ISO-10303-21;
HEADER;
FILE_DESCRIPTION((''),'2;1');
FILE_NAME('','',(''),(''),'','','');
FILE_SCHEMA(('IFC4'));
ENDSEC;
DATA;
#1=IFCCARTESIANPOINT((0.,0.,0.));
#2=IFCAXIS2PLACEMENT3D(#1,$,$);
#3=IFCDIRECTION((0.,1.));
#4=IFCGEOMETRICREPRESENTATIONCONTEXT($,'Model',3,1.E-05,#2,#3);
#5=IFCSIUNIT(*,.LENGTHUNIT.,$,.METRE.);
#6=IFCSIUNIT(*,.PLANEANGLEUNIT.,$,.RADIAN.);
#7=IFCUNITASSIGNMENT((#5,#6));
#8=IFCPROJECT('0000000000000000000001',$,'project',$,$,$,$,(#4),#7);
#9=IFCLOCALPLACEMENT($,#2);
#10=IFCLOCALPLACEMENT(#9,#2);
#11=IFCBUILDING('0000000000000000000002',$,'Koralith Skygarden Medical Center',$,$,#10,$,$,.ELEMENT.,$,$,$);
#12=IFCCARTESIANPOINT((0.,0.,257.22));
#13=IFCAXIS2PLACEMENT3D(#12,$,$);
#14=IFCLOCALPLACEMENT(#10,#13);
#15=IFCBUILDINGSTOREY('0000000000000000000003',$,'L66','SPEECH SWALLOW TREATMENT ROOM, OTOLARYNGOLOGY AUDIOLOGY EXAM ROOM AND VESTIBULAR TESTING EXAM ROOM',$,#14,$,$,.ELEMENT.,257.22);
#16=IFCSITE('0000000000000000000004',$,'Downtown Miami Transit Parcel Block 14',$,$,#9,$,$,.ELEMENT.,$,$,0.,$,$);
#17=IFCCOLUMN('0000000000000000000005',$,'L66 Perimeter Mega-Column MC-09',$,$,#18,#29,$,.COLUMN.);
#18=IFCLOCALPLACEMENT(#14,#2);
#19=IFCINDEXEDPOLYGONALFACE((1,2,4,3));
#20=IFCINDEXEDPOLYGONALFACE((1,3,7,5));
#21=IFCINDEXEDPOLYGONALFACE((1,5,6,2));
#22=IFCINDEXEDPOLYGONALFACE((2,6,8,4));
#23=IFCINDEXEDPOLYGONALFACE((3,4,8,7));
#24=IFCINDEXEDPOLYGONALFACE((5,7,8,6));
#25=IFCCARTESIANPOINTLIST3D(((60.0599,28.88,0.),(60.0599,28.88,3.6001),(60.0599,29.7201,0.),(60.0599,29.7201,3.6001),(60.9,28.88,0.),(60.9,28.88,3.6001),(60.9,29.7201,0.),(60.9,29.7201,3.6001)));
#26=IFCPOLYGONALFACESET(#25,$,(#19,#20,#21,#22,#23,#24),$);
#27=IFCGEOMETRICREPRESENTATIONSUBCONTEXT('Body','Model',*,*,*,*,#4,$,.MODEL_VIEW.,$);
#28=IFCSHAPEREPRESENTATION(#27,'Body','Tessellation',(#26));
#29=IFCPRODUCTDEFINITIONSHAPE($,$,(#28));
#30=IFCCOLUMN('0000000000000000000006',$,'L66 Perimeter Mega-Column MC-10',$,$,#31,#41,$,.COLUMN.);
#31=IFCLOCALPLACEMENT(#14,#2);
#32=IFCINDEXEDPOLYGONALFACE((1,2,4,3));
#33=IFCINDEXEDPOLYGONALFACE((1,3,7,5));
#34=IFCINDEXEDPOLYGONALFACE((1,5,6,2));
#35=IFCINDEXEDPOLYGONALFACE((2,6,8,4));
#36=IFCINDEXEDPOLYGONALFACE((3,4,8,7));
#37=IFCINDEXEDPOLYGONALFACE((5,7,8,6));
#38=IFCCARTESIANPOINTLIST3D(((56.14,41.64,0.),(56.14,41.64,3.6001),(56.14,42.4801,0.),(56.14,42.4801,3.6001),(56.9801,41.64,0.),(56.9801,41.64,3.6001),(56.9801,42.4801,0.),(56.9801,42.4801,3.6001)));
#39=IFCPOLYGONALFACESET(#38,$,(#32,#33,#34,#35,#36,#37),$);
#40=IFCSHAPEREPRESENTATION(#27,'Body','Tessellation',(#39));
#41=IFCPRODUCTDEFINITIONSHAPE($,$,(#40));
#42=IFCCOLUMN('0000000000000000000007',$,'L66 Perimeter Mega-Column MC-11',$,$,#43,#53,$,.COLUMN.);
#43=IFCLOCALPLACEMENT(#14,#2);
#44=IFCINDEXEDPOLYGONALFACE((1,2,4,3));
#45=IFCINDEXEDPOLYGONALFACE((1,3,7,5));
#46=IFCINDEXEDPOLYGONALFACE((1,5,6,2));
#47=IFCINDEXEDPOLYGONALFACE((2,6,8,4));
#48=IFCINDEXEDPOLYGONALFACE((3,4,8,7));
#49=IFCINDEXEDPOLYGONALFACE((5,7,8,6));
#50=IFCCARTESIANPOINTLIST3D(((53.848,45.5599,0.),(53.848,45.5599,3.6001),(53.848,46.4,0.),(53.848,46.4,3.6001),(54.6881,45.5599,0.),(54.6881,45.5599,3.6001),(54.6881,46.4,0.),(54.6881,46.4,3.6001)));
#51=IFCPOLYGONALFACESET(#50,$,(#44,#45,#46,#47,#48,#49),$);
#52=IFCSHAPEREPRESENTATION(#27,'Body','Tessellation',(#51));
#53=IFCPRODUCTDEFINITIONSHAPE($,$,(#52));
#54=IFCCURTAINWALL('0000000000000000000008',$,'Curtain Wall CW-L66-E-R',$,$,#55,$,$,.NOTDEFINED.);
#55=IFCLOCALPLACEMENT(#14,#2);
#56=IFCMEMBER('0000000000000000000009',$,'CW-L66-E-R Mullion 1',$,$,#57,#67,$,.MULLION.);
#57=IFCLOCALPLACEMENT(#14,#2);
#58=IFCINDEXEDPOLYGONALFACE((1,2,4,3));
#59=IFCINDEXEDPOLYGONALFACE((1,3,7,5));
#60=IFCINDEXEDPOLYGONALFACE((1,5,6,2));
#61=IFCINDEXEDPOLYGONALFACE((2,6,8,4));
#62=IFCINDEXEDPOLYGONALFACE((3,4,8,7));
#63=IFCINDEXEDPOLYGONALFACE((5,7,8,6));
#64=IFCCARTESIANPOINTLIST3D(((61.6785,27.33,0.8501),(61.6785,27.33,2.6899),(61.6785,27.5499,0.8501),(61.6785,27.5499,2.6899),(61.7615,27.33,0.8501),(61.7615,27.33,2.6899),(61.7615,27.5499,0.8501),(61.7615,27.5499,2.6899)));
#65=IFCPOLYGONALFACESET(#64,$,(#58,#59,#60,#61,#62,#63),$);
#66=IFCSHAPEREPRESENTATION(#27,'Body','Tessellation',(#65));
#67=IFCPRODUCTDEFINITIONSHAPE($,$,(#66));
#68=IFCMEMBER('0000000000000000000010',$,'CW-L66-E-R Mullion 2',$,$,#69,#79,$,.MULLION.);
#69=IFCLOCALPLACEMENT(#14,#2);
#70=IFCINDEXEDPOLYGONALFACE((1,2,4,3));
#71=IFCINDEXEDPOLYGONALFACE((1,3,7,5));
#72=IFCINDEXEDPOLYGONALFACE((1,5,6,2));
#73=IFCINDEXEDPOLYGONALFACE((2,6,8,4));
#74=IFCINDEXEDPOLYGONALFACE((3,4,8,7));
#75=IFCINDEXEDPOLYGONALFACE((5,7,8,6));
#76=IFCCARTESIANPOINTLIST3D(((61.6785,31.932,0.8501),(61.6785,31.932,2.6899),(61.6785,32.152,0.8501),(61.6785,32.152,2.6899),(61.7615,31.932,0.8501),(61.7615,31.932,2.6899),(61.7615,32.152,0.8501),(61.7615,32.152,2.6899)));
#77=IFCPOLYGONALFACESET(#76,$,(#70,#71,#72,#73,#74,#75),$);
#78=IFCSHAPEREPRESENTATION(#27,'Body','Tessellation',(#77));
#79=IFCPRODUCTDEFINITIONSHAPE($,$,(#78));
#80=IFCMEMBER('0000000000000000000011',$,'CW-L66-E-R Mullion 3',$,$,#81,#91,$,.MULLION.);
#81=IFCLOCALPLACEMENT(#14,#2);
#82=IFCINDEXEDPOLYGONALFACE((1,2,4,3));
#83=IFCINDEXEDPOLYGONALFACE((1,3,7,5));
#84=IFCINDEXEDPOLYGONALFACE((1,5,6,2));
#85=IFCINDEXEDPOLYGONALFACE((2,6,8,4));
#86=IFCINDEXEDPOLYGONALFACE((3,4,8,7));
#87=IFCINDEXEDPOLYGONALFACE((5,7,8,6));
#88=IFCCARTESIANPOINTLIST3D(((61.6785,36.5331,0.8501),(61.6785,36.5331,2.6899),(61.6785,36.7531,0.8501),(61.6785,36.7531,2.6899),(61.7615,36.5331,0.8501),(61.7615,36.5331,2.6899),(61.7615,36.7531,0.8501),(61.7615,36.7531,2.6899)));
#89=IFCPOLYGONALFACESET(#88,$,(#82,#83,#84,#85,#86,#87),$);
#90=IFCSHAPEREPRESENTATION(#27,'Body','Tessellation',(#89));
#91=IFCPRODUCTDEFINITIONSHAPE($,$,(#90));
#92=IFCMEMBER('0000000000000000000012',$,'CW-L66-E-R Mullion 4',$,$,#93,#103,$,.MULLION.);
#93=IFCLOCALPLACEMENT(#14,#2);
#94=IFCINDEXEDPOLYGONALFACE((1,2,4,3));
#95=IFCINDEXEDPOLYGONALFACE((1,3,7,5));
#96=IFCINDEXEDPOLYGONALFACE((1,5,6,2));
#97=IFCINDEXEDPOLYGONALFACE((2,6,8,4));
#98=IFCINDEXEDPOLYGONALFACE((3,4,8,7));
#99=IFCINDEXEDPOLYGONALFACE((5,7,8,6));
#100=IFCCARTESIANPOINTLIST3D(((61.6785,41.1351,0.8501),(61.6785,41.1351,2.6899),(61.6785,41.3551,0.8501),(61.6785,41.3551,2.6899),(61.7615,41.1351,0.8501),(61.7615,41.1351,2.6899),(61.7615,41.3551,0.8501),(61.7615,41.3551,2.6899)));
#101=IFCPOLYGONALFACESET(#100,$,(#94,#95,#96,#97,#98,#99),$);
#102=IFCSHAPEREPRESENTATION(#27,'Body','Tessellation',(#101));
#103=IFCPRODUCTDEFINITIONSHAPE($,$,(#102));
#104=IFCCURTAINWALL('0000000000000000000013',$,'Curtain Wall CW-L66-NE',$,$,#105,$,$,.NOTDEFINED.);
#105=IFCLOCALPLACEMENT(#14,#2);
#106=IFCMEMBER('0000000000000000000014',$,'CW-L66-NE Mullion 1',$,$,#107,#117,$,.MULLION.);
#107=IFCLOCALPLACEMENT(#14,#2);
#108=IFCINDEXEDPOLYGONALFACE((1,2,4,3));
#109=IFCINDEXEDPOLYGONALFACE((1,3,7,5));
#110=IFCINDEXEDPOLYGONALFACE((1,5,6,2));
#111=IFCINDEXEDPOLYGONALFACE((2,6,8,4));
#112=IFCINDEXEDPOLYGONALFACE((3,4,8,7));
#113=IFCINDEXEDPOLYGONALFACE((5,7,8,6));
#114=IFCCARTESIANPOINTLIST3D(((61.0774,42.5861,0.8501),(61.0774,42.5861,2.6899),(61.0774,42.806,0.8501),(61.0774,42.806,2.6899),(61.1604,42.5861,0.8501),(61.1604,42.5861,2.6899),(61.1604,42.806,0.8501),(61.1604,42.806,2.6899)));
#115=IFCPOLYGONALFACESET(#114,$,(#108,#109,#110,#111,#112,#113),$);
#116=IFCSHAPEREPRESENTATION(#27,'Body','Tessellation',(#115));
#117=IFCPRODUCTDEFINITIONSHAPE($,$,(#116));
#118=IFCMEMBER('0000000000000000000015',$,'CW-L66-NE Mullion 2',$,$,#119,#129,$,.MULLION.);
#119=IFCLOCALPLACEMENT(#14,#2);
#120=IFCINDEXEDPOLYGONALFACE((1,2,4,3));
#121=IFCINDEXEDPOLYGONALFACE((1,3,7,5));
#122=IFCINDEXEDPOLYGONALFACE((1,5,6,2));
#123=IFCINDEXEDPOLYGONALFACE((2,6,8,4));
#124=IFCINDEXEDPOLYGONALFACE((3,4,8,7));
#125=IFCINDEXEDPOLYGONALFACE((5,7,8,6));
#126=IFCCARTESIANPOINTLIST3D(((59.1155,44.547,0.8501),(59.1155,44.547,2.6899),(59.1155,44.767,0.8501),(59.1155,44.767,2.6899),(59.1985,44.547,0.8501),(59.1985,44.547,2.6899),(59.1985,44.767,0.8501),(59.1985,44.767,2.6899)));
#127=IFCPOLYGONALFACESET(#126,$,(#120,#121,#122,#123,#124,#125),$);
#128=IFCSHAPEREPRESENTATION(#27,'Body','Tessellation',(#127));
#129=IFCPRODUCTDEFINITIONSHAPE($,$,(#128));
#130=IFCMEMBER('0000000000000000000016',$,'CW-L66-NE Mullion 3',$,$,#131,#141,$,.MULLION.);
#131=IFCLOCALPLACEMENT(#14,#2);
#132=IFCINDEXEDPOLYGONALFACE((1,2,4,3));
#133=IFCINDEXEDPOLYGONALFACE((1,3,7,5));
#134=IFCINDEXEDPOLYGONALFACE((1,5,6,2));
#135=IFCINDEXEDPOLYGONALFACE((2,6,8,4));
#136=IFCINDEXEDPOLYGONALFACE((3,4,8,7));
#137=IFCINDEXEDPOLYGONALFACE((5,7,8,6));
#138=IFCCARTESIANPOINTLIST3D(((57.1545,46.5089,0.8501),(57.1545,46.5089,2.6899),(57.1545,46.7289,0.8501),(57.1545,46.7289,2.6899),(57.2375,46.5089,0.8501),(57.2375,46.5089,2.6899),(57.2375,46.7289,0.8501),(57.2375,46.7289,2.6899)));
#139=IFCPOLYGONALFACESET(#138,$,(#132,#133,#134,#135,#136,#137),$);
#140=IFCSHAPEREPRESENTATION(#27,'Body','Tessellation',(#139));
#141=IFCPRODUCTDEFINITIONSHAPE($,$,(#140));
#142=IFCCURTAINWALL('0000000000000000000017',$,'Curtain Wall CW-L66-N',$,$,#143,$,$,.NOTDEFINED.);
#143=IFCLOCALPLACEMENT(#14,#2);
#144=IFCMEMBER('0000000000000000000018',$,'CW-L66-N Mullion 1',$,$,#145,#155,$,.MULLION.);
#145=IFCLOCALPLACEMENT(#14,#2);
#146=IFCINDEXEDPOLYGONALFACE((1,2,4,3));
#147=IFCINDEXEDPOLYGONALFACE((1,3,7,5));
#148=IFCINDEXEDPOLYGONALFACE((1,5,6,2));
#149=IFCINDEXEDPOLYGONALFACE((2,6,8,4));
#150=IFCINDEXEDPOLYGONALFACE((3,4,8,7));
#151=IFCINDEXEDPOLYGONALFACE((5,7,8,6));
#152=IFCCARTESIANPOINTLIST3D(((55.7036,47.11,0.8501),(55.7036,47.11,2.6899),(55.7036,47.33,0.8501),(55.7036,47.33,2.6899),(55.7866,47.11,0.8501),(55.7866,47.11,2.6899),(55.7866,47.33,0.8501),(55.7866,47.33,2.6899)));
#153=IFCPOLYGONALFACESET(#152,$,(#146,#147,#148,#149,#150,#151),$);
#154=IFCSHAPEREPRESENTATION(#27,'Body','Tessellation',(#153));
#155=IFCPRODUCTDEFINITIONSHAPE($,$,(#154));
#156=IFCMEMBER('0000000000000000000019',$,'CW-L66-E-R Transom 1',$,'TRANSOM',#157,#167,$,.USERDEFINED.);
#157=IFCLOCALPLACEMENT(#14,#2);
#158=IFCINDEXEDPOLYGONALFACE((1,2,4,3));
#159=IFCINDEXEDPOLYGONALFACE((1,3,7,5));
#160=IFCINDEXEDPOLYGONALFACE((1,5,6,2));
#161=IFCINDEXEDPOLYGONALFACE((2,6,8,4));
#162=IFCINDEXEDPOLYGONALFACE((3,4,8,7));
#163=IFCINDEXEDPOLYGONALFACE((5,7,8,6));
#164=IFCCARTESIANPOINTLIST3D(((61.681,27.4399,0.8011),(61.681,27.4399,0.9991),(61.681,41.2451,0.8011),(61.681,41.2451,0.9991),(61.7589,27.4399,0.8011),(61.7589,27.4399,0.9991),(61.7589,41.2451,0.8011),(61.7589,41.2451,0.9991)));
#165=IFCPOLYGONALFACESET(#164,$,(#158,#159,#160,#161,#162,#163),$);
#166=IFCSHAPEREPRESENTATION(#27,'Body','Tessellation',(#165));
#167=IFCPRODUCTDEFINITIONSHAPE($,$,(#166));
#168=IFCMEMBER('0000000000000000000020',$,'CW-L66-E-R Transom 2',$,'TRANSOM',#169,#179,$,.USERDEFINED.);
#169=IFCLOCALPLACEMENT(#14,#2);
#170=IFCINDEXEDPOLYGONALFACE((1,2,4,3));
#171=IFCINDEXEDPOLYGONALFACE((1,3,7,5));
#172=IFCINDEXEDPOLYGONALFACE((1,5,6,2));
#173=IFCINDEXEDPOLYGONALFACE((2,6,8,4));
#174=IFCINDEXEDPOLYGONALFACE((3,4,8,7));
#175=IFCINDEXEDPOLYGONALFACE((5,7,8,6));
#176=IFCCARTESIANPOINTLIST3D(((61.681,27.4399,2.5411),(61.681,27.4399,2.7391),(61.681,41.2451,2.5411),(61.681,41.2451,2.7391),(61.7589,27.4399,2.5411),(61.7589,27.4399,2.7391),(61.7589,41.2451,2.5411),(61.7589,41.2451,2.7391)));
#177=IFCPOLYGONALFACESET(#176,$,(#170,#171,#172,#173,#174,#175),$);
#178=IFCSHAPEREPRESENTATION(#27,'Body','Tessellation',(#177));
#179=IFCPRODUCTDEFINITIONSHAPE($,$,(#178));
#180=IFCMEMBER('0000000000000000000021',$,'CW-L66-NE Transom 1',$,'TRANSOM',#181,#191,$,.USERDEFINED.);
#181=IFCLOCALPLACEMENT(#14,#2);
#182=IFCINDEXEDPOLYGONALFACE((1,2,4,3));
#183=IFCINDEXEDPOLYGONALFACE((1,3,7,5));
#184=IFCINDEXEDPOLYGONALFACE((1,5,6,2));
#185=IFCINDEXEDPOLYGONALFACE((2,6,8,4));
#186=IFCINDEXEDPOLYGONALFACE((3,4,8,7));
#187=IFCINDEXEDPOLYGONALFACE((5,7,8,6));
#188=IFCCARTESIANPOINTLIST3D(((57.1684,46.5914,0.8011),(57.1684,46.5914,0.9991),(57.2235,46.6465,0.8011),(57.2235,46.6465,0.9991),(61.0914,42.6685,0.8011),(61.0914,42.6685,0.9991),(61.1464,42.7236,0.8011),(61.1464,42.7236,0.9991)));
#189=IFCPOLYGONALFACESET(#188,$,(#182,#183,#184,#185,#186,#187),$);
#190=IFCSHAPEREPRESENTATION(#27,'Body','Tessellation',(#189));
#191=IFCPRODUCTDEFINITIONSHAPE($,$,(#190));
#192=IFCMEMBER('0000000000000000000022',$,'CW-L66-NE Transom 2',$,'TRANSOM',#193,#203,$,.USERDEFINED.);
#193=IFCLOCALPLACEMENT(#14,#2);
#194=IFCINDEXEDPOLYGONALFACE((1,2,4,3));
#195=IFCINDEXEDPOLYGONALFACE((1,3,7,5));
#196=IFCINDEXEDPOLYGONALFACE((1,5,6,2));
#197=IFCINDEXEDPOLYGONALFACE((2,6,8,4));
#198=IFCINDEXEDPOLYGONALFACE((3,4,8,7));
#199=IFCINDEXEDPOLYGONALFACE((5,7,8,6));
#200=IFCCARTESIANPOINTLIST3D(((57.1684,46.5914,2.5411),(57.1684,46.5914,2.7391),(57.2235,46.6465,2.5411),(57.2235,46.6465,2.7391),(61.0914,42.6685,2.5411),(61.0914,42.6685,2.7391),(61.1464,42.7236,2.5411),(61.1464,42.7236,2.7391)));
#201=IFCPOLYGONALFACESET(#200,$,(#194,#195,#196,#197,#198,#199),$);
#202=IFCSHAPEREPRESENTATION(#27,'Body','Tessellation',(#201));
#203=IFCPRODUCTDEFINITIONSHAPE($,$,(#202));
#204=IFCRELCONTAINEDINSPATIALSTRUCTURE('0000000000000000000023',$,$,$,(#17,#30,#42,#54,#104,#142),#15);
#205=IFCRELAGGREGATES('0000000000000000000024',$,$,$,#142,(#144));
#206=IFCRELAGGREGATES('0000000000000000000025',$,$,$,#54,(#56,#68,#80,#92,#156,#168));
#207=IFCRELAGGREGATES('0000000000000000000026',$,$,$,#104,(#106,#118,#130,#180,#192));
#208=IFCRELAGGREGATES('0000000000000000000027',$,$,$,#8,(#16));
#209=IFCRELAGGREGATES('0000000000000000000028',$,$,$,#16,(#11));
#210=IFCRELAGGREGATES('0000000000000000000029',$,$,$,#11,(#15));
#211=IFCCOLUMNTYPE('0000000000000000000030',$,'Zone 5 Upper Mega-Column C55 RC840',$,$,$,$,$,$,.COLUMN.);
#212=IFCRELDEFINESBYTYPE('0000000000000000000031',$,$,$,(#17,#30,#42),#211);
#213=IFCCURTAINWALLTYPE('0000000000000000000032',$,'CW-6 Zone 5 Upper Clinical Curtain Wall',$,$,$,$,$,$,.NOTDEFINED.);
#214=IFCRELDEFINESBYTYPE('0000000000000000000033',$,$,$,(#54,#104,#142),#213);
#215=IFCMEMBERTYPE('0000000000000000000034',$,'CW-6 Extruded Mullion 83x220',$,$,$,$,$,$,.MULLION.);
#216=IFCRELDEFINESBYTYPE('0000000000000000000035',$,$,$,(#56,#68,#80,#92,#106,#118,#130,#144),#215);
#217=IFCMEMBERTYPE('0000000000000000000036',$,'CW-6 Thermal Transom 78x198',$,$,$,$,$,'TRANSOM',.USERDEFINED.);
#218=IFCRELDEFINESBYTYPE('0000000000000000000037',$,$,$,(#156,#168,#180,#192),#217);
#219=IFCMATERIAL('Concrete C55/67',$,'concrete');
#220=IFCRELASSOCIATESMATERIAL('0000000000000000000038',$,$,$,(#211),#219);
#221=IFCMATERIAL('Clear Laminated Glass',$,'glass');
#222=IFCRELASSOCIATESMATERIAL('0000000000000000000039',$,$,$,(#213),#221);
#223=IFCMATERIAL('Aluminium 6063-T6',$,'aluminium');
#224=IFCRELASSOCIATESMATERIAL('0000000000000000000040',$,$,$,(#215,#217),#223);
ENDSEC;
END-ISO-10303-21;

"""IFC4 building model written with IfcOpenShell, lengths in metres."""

from ifc_helpers import new_model, si_unit, direction, frame, origin, origin_2d, place, context, subcontext, project, spatial, rectangle, extrude, material, material_profile, profile_set, type_object, element, aggregate, save


model = new_model("IFC4")

# Units and contexts
model_context = context("Model", 3, precision=1e-05, world=origin(), true_north=direction((0.0, 1.0)))
body_context = subcontext(model_context, "Body", "Model", "MODEL_VIEW")
ifc_project = project(units=[si_unit("LENGTHUNIT", "METRE"), si_unit("PLANEANGLEUNIT", "RADIAN")], contexts=[model_context])

# Site, building, storey
site_placement = place(None, origin())
site = spatial("IfcSite", under=ifc_project, at=site_placement, Name="Downtown Miami Transit Parcel Block 14", CompositionType="ELEMENT", RefElevation=0.0)
building_placement = place(site_placement, origin())
building = spatial("IfcBuilding", under=site, at=building_placement, Name="Koralith Skygarden Medical Center", CompositionType="ELEMENT")
storey_placement = place(building_placement, frame((0.0, 0.0, 257.22)))
storey = spatial("IfcBuildingStorey", under=building, at=storey_placement, Name="L66", Description="SPEECH SWALLOW TREATMENT ROOM, OTOLARYNGOLOGY AUDIOLOGY EXAM ROOM AND VESTIBULAR TESTING EXAM ROOM", CompositionType="ELEMENT", Elevation=257.22)

# Columns
ifc_material_1 = material(Name="Concrete C55/67", Category="concrete")
ifc_material_profile_1 = material_profile(ifc_material_1, rectangle(XDim=0.8401, YDim=0.8401, at=origin_2d()), Name="RC840X840")
ifc_profile_set_1 = profile_set([ifc_material_profile_1], Name="Concrete C55/67")
column_type = type_object("IfcColumnType", Name="Zone 5 Upper Mega-Column C55 RC840", PredefinedType="COLUMN", material=ifc_profile_set_1)
for number, where, z_axis, x_axis, name in (
    (1, (60.48, 29.3, 0.0), (0.0, 0.0, 1.0), (1.0, 0.0, 0.0), "L66 Perimeter Mega-Column MC-09"),
    (2, (56.5601, 42.0601, 0.0), (0.0, 0.0, 1.0), (1.0, 0.0, 0.0), "L66 Perimeter Mega-Column MC-10"),
    (3, (54.2681, 45.98, 0.0), (0.0, 0.0, 1.0), (1.0, 0.0, 0.0), "L66 Perimeter Mega-Column MC-11"),
):
    element("IfcColumn", number, at=place(storey_placement, frame(where, z_axis=z_axis, x_axis=x_axis)), inside=storey, type_object=column_type, Name=name, PredefinedType="COLUMN", context=body_context, shape_type="SweptSolid", body=[
        extrude(rectangle(XDim=0.8401, YDim=0.8401, at=origin_2d()), origin(), (0.0, 0.0, 1.0), 3.6001),
    ])

# Curtain walls, members
ifc_material_2 = material(Name="Clear Laminated Glass", Category="glass")
curtain_wall_type = type_object("IfcCurtainWallType", Name="CW-6 Zone 5 Upper Clinical Curtain Wall", PredefinedType="NOTDEFINED", material=ifc_material_2)
curtain_wall_1_placement = place(storey_placement, origin())
curtain_wall_1 = element("IfcCurtainWall", 4, at=curtain_wall_1_placement, inside=storey, type_object=curtain_wall_type, Name="Curtain Wall CW-L66-E-R", PredefinedType="NOTDEFINED")
ifc_material_3 = material(Name="Aluminium 6063-T6", Category="aluminium")
ifc_material_profile_2 = material_profile(ifc_material_3, rectangle(XDim=0.083, YDim=0.22, at=origin_2d()), Name="MUL83X220")
ifc_profile_set_2 = profile_set([ifc_material_profile_2], Name="Aluminium 6063-T6")
member_type_1 = type_object("IfcMemberType", Name="CW-6 Extruded Mullion 83x220", PredefinedType="MULLION", material=ifc_profile_set_2)
member_1_placement = place(storey_placement, frame((61.72, 27.4399, 0.8501), z_axis=(0.0, 0.0, 1.0), x_axis=(1.0, 0.0, 0.0)))
member_1 = element("IfcMember", 5, at=member_1_placement, type_object=member_type_1, Name="CW-L66-E-R Mullion 1", PredefinedType="MULLION", context=body_context, shape_type="SweptSolid", body=[
    extrude(rectangle(XDim=0.083, YDim=0.22, at=origin_2d()), origin(), (0.0, 0.0, 1.0), 1.8398),
])
member_2_placement = place(storey_placement, frame((61.72, 32.042, 0.8501), z_axis=(0.0, 0.0, 1.0), x_axis=(1.0, 0.0, 0.0)))
member_2 = element("IfcMember", 6, at=member_2_placement, type_object=member_type_1, Name="CW-L66-E-R Mullion 2", PredefinedType="MULLION", context=body_context, shape_type="SweptSolid", body=[
    extrude(rectangle(XDim=0.083, YDim=0.22, at=origin_2d()), origin(), (0.0, 0.0, 1.0), 1.8398),
])
member_3_placement = place(storey_placement, frame((61.72, 36.6431, 0.8501), z_axis=(0.0, 0.0, 1.0), x_axis=(1.0, 0.0, 0.0)))
member_3 = element("IfcMember", 7, at=member_3_placement, type_object=member_type_1, Name="CW-L66-E-R Mullion 3", PredefinedType="MULLION", context=body_context, shape_type="SweptSolid", body=[
    extrude(rectangle(XDim=0.083, YDim=0.22, at=origin_2d()), origin(), (0.0, 0.0, 1.0), 1.8398),
])
member_4_placement = place(storey_placement, frame((61.72, 41.2451, 0.8501), z_axis=(0.0, 0.0, 1.0), x_axis=(1.0, 0.0, 0.0)))
member_4 = element("IfcMember", 8, at=member_4_placement, type_object=member_type_1, Name="CW-L66-E-R Mullion 4", PredefinedType="MULLION", context=body_context, shape_type="SweptSolid", body=[
    extrude(rectangle(XDim=0.083, YDim=0.22, at=origin_2d()), origin(), (0.0, 0.0, 1.0), 1.8398),
])
curtain_wall_2_placement = place(storey_placement, origin())
curtain_wall_2 = element("IfcCurtainWall", 9, at=curtain_wall_2_placement, inside=storey, type_object=curtain_wall_type, Name="Curtain Wall CW-L66-NE", PredefinedType="NOTDEFINED")
member_5_placement = place(storey_placement, frame((61.1189, 42.696, 0.8501), z_axis=(0.0, 0.0, 1.0), x_axis=(1.0, 0.0, 0.0)))
member_5 = element("IfcMember", 10, at=member_5_placement, type_object=member_type_1, Name="CW-L66-NE Mullion 1", PredefinedType="MULLION", context=body_context, shape_type="SweptSolid", body=[
    extrude(rectangle(XDim=0.083, YDim=0.22, at=origin_2d()), origin(), (0.0, 0.0, 1.0), 1.8398),
])
member_6_placement = place(storey_placement, frame((59.157, 44.657, 0.8501), z_axis=(0.0, 0.0, 1.0), x_axis=(1.0, 0.0, 0.0)))
member_6 = element("IfcMember", 11, at=member_6_placement, type_object=member_type_1, Name="CW-L66-NE Mullion 2", PredefinedType="MULLION", context=body_context, shape_type="SweptSolid", body=[
    extrude(rectangle(XDim=0.083, YDim=0.22, at=origin_2d()), origin(), (0.0, 0.0, 1.0), 1.8398),
])
member_7_placement = place(storey_placement, frame((57.196, 46.6189, 0.8501), z_axis=(0.0, 0.0, 1.0), x_axis=(1.0, 0.0, 0.0)))
member_7 = element("IfcMember", 12, at=member_7_placement, type_object=member_type_1, Name="CW-L66-NE Mullion 3", PredefinedType="MULLION", context=body_context, shape_type="SweptSolid", body=[
    extrude(rectangle(XDim=0.083, YDim=0.22, at=origin_2d()), origin(), (0.0, 0.0, 1.0), 1.8398),
])

# Curtain wall, member
curtain_wall_3_placement = place(storey_placement, origin())
curtain_wall_3 = element("IfcCurtainWall", 13, at=curtain_wall_3_placement, inside=storey, type_object=curtain_wall_type, Name="Curtain Wall CW-L66-N", PredefinedType="NOTDEFINED")
member_8_placement = place(storey_placement, frame((55.7451, 47.22, 0.8501), z_axis=(0.0, 0.0, 1.0), x_axis=(1.0, 0.0, 0.0)))
member_8 = element("IfcMember", 14, at=member_8_placement, type_object=member_type_1, Name="CW-L66-N Mullion 1", PredefinedType="MULLION", context=body_context, shape_type="SweptSolid", body=[
    extrude(rectangle(XDim=0.083, YDim=0.22, at=origin_2d()), origin(), (0.0, 0.0, 1.0), 1.8398),
])

# Members
ifc_material_profile_3 = material_profile(ifc_material_3, rectangle(XDim=0.0779, YDim=0.198, at=origin_2d()), Name="TRN78X198")
ifc_profile_set_3 = profile_set([ifc_material_profile_3], Name="Aluminium 6063-T6")
member_type_2 = type_object("IfcMemberType", Name="CW-6 Thermal Transom 78x198", ElementType="TRANSOM", PredefinedType="USERDEFINED", material=ifc_profile_set_3)
member_9_placement = place(storey_placement, frame((61.72, 27.4399, 0.9001), z_axis=(0.0, 1.0, 0.0), x_axis=(-1.0, 0.0, 0.0)))
member_9 = element("IfcMember", 15, at=member_9_placement, type_object=member_type_2, Name="CW-L66-E-R Transom 1", ObjectType="TRANSOM", PredefinedType="USERDEFINED", context=body_context, shape_type="SweptSolid", body=[
    extrude(rectangle(XDim=0.0779, YDim=0.198, at=origin_2d()), origin(), (0.0, 0.0, 1.0), 13.8052),
])
member_10_placement = place(storey_placement, frame((61.72, 27.4399, 2.6401), z_axis=(0.0, 1.0, 0.0), x_axis=(-1.0, 0.0, 0.0)))
member_10 = element("IfcMember", 16, at=member_10_placement, type_object=member_type_2, Name="CW-L66-E-R Transom 2", ObjectType="TRANSOM", PredefinedType="USERDEFINED", context=body_context, shape_type="SweptSolid", body=[
    extrude(rectangle(XDim=0.0779, YDim=0.198, at=origin_2d()), origin(), (0.0, 0.0, 1.0), 13.8052),
])
member_11_placement = place(storey_placement, frame((61.1189, 42.696, 0.9001), z_axis=(-0.707107, 0.707107, 0.0), x_axis=(-0.707107, -0.707107, 0.0)))
member_11 = element("IfcMember", 17, at=member_11_placement, type_object=member_type_2, Name="CW-L66-NE Transom 1", ObjectType="TRANSOM", PredefinedType="USERDEFINED", context=body_context, shape_type="SweptSolid", body=[
    extrude(rectangle(XDim=0.0779, YDim=0.198, at=origin_2d()), origin(), (0.0, 0.0, 1.0), 5.5479),
])
member_12_placement = place(storey_placement, frame((61.1189, 42.696, 2.6401), z_axis=(-0.707107, 0.707107, 0.0), x_axis=(-0.707107, -0.707107, 0.0)))
member_12 = element("IfcMember", 18, at=member_12_placement, type_object=member_type_2, Name="CW-L66-NE Transom 2", ObjectType="TRANSOM", PredefinedType="USERDEFINED", context=body_context, shape_type="SweptSolid", body=[
    extrude(rectangle(XDim=0.0779, YDim=0.198, at=origin_2d()), origin(), (0.0, 0.0, 1.0), 5.5479),
])
aggregate(curtain_wall_3, [member_8])

aggregate(curtain_wall_1, [member_1, member_2, member_3, member_4, member_9, member_10])
aggregate(curtain_wall_2, [member_5, member_6, member_7, member_11, member_12])

save(model, "model.ifc")
